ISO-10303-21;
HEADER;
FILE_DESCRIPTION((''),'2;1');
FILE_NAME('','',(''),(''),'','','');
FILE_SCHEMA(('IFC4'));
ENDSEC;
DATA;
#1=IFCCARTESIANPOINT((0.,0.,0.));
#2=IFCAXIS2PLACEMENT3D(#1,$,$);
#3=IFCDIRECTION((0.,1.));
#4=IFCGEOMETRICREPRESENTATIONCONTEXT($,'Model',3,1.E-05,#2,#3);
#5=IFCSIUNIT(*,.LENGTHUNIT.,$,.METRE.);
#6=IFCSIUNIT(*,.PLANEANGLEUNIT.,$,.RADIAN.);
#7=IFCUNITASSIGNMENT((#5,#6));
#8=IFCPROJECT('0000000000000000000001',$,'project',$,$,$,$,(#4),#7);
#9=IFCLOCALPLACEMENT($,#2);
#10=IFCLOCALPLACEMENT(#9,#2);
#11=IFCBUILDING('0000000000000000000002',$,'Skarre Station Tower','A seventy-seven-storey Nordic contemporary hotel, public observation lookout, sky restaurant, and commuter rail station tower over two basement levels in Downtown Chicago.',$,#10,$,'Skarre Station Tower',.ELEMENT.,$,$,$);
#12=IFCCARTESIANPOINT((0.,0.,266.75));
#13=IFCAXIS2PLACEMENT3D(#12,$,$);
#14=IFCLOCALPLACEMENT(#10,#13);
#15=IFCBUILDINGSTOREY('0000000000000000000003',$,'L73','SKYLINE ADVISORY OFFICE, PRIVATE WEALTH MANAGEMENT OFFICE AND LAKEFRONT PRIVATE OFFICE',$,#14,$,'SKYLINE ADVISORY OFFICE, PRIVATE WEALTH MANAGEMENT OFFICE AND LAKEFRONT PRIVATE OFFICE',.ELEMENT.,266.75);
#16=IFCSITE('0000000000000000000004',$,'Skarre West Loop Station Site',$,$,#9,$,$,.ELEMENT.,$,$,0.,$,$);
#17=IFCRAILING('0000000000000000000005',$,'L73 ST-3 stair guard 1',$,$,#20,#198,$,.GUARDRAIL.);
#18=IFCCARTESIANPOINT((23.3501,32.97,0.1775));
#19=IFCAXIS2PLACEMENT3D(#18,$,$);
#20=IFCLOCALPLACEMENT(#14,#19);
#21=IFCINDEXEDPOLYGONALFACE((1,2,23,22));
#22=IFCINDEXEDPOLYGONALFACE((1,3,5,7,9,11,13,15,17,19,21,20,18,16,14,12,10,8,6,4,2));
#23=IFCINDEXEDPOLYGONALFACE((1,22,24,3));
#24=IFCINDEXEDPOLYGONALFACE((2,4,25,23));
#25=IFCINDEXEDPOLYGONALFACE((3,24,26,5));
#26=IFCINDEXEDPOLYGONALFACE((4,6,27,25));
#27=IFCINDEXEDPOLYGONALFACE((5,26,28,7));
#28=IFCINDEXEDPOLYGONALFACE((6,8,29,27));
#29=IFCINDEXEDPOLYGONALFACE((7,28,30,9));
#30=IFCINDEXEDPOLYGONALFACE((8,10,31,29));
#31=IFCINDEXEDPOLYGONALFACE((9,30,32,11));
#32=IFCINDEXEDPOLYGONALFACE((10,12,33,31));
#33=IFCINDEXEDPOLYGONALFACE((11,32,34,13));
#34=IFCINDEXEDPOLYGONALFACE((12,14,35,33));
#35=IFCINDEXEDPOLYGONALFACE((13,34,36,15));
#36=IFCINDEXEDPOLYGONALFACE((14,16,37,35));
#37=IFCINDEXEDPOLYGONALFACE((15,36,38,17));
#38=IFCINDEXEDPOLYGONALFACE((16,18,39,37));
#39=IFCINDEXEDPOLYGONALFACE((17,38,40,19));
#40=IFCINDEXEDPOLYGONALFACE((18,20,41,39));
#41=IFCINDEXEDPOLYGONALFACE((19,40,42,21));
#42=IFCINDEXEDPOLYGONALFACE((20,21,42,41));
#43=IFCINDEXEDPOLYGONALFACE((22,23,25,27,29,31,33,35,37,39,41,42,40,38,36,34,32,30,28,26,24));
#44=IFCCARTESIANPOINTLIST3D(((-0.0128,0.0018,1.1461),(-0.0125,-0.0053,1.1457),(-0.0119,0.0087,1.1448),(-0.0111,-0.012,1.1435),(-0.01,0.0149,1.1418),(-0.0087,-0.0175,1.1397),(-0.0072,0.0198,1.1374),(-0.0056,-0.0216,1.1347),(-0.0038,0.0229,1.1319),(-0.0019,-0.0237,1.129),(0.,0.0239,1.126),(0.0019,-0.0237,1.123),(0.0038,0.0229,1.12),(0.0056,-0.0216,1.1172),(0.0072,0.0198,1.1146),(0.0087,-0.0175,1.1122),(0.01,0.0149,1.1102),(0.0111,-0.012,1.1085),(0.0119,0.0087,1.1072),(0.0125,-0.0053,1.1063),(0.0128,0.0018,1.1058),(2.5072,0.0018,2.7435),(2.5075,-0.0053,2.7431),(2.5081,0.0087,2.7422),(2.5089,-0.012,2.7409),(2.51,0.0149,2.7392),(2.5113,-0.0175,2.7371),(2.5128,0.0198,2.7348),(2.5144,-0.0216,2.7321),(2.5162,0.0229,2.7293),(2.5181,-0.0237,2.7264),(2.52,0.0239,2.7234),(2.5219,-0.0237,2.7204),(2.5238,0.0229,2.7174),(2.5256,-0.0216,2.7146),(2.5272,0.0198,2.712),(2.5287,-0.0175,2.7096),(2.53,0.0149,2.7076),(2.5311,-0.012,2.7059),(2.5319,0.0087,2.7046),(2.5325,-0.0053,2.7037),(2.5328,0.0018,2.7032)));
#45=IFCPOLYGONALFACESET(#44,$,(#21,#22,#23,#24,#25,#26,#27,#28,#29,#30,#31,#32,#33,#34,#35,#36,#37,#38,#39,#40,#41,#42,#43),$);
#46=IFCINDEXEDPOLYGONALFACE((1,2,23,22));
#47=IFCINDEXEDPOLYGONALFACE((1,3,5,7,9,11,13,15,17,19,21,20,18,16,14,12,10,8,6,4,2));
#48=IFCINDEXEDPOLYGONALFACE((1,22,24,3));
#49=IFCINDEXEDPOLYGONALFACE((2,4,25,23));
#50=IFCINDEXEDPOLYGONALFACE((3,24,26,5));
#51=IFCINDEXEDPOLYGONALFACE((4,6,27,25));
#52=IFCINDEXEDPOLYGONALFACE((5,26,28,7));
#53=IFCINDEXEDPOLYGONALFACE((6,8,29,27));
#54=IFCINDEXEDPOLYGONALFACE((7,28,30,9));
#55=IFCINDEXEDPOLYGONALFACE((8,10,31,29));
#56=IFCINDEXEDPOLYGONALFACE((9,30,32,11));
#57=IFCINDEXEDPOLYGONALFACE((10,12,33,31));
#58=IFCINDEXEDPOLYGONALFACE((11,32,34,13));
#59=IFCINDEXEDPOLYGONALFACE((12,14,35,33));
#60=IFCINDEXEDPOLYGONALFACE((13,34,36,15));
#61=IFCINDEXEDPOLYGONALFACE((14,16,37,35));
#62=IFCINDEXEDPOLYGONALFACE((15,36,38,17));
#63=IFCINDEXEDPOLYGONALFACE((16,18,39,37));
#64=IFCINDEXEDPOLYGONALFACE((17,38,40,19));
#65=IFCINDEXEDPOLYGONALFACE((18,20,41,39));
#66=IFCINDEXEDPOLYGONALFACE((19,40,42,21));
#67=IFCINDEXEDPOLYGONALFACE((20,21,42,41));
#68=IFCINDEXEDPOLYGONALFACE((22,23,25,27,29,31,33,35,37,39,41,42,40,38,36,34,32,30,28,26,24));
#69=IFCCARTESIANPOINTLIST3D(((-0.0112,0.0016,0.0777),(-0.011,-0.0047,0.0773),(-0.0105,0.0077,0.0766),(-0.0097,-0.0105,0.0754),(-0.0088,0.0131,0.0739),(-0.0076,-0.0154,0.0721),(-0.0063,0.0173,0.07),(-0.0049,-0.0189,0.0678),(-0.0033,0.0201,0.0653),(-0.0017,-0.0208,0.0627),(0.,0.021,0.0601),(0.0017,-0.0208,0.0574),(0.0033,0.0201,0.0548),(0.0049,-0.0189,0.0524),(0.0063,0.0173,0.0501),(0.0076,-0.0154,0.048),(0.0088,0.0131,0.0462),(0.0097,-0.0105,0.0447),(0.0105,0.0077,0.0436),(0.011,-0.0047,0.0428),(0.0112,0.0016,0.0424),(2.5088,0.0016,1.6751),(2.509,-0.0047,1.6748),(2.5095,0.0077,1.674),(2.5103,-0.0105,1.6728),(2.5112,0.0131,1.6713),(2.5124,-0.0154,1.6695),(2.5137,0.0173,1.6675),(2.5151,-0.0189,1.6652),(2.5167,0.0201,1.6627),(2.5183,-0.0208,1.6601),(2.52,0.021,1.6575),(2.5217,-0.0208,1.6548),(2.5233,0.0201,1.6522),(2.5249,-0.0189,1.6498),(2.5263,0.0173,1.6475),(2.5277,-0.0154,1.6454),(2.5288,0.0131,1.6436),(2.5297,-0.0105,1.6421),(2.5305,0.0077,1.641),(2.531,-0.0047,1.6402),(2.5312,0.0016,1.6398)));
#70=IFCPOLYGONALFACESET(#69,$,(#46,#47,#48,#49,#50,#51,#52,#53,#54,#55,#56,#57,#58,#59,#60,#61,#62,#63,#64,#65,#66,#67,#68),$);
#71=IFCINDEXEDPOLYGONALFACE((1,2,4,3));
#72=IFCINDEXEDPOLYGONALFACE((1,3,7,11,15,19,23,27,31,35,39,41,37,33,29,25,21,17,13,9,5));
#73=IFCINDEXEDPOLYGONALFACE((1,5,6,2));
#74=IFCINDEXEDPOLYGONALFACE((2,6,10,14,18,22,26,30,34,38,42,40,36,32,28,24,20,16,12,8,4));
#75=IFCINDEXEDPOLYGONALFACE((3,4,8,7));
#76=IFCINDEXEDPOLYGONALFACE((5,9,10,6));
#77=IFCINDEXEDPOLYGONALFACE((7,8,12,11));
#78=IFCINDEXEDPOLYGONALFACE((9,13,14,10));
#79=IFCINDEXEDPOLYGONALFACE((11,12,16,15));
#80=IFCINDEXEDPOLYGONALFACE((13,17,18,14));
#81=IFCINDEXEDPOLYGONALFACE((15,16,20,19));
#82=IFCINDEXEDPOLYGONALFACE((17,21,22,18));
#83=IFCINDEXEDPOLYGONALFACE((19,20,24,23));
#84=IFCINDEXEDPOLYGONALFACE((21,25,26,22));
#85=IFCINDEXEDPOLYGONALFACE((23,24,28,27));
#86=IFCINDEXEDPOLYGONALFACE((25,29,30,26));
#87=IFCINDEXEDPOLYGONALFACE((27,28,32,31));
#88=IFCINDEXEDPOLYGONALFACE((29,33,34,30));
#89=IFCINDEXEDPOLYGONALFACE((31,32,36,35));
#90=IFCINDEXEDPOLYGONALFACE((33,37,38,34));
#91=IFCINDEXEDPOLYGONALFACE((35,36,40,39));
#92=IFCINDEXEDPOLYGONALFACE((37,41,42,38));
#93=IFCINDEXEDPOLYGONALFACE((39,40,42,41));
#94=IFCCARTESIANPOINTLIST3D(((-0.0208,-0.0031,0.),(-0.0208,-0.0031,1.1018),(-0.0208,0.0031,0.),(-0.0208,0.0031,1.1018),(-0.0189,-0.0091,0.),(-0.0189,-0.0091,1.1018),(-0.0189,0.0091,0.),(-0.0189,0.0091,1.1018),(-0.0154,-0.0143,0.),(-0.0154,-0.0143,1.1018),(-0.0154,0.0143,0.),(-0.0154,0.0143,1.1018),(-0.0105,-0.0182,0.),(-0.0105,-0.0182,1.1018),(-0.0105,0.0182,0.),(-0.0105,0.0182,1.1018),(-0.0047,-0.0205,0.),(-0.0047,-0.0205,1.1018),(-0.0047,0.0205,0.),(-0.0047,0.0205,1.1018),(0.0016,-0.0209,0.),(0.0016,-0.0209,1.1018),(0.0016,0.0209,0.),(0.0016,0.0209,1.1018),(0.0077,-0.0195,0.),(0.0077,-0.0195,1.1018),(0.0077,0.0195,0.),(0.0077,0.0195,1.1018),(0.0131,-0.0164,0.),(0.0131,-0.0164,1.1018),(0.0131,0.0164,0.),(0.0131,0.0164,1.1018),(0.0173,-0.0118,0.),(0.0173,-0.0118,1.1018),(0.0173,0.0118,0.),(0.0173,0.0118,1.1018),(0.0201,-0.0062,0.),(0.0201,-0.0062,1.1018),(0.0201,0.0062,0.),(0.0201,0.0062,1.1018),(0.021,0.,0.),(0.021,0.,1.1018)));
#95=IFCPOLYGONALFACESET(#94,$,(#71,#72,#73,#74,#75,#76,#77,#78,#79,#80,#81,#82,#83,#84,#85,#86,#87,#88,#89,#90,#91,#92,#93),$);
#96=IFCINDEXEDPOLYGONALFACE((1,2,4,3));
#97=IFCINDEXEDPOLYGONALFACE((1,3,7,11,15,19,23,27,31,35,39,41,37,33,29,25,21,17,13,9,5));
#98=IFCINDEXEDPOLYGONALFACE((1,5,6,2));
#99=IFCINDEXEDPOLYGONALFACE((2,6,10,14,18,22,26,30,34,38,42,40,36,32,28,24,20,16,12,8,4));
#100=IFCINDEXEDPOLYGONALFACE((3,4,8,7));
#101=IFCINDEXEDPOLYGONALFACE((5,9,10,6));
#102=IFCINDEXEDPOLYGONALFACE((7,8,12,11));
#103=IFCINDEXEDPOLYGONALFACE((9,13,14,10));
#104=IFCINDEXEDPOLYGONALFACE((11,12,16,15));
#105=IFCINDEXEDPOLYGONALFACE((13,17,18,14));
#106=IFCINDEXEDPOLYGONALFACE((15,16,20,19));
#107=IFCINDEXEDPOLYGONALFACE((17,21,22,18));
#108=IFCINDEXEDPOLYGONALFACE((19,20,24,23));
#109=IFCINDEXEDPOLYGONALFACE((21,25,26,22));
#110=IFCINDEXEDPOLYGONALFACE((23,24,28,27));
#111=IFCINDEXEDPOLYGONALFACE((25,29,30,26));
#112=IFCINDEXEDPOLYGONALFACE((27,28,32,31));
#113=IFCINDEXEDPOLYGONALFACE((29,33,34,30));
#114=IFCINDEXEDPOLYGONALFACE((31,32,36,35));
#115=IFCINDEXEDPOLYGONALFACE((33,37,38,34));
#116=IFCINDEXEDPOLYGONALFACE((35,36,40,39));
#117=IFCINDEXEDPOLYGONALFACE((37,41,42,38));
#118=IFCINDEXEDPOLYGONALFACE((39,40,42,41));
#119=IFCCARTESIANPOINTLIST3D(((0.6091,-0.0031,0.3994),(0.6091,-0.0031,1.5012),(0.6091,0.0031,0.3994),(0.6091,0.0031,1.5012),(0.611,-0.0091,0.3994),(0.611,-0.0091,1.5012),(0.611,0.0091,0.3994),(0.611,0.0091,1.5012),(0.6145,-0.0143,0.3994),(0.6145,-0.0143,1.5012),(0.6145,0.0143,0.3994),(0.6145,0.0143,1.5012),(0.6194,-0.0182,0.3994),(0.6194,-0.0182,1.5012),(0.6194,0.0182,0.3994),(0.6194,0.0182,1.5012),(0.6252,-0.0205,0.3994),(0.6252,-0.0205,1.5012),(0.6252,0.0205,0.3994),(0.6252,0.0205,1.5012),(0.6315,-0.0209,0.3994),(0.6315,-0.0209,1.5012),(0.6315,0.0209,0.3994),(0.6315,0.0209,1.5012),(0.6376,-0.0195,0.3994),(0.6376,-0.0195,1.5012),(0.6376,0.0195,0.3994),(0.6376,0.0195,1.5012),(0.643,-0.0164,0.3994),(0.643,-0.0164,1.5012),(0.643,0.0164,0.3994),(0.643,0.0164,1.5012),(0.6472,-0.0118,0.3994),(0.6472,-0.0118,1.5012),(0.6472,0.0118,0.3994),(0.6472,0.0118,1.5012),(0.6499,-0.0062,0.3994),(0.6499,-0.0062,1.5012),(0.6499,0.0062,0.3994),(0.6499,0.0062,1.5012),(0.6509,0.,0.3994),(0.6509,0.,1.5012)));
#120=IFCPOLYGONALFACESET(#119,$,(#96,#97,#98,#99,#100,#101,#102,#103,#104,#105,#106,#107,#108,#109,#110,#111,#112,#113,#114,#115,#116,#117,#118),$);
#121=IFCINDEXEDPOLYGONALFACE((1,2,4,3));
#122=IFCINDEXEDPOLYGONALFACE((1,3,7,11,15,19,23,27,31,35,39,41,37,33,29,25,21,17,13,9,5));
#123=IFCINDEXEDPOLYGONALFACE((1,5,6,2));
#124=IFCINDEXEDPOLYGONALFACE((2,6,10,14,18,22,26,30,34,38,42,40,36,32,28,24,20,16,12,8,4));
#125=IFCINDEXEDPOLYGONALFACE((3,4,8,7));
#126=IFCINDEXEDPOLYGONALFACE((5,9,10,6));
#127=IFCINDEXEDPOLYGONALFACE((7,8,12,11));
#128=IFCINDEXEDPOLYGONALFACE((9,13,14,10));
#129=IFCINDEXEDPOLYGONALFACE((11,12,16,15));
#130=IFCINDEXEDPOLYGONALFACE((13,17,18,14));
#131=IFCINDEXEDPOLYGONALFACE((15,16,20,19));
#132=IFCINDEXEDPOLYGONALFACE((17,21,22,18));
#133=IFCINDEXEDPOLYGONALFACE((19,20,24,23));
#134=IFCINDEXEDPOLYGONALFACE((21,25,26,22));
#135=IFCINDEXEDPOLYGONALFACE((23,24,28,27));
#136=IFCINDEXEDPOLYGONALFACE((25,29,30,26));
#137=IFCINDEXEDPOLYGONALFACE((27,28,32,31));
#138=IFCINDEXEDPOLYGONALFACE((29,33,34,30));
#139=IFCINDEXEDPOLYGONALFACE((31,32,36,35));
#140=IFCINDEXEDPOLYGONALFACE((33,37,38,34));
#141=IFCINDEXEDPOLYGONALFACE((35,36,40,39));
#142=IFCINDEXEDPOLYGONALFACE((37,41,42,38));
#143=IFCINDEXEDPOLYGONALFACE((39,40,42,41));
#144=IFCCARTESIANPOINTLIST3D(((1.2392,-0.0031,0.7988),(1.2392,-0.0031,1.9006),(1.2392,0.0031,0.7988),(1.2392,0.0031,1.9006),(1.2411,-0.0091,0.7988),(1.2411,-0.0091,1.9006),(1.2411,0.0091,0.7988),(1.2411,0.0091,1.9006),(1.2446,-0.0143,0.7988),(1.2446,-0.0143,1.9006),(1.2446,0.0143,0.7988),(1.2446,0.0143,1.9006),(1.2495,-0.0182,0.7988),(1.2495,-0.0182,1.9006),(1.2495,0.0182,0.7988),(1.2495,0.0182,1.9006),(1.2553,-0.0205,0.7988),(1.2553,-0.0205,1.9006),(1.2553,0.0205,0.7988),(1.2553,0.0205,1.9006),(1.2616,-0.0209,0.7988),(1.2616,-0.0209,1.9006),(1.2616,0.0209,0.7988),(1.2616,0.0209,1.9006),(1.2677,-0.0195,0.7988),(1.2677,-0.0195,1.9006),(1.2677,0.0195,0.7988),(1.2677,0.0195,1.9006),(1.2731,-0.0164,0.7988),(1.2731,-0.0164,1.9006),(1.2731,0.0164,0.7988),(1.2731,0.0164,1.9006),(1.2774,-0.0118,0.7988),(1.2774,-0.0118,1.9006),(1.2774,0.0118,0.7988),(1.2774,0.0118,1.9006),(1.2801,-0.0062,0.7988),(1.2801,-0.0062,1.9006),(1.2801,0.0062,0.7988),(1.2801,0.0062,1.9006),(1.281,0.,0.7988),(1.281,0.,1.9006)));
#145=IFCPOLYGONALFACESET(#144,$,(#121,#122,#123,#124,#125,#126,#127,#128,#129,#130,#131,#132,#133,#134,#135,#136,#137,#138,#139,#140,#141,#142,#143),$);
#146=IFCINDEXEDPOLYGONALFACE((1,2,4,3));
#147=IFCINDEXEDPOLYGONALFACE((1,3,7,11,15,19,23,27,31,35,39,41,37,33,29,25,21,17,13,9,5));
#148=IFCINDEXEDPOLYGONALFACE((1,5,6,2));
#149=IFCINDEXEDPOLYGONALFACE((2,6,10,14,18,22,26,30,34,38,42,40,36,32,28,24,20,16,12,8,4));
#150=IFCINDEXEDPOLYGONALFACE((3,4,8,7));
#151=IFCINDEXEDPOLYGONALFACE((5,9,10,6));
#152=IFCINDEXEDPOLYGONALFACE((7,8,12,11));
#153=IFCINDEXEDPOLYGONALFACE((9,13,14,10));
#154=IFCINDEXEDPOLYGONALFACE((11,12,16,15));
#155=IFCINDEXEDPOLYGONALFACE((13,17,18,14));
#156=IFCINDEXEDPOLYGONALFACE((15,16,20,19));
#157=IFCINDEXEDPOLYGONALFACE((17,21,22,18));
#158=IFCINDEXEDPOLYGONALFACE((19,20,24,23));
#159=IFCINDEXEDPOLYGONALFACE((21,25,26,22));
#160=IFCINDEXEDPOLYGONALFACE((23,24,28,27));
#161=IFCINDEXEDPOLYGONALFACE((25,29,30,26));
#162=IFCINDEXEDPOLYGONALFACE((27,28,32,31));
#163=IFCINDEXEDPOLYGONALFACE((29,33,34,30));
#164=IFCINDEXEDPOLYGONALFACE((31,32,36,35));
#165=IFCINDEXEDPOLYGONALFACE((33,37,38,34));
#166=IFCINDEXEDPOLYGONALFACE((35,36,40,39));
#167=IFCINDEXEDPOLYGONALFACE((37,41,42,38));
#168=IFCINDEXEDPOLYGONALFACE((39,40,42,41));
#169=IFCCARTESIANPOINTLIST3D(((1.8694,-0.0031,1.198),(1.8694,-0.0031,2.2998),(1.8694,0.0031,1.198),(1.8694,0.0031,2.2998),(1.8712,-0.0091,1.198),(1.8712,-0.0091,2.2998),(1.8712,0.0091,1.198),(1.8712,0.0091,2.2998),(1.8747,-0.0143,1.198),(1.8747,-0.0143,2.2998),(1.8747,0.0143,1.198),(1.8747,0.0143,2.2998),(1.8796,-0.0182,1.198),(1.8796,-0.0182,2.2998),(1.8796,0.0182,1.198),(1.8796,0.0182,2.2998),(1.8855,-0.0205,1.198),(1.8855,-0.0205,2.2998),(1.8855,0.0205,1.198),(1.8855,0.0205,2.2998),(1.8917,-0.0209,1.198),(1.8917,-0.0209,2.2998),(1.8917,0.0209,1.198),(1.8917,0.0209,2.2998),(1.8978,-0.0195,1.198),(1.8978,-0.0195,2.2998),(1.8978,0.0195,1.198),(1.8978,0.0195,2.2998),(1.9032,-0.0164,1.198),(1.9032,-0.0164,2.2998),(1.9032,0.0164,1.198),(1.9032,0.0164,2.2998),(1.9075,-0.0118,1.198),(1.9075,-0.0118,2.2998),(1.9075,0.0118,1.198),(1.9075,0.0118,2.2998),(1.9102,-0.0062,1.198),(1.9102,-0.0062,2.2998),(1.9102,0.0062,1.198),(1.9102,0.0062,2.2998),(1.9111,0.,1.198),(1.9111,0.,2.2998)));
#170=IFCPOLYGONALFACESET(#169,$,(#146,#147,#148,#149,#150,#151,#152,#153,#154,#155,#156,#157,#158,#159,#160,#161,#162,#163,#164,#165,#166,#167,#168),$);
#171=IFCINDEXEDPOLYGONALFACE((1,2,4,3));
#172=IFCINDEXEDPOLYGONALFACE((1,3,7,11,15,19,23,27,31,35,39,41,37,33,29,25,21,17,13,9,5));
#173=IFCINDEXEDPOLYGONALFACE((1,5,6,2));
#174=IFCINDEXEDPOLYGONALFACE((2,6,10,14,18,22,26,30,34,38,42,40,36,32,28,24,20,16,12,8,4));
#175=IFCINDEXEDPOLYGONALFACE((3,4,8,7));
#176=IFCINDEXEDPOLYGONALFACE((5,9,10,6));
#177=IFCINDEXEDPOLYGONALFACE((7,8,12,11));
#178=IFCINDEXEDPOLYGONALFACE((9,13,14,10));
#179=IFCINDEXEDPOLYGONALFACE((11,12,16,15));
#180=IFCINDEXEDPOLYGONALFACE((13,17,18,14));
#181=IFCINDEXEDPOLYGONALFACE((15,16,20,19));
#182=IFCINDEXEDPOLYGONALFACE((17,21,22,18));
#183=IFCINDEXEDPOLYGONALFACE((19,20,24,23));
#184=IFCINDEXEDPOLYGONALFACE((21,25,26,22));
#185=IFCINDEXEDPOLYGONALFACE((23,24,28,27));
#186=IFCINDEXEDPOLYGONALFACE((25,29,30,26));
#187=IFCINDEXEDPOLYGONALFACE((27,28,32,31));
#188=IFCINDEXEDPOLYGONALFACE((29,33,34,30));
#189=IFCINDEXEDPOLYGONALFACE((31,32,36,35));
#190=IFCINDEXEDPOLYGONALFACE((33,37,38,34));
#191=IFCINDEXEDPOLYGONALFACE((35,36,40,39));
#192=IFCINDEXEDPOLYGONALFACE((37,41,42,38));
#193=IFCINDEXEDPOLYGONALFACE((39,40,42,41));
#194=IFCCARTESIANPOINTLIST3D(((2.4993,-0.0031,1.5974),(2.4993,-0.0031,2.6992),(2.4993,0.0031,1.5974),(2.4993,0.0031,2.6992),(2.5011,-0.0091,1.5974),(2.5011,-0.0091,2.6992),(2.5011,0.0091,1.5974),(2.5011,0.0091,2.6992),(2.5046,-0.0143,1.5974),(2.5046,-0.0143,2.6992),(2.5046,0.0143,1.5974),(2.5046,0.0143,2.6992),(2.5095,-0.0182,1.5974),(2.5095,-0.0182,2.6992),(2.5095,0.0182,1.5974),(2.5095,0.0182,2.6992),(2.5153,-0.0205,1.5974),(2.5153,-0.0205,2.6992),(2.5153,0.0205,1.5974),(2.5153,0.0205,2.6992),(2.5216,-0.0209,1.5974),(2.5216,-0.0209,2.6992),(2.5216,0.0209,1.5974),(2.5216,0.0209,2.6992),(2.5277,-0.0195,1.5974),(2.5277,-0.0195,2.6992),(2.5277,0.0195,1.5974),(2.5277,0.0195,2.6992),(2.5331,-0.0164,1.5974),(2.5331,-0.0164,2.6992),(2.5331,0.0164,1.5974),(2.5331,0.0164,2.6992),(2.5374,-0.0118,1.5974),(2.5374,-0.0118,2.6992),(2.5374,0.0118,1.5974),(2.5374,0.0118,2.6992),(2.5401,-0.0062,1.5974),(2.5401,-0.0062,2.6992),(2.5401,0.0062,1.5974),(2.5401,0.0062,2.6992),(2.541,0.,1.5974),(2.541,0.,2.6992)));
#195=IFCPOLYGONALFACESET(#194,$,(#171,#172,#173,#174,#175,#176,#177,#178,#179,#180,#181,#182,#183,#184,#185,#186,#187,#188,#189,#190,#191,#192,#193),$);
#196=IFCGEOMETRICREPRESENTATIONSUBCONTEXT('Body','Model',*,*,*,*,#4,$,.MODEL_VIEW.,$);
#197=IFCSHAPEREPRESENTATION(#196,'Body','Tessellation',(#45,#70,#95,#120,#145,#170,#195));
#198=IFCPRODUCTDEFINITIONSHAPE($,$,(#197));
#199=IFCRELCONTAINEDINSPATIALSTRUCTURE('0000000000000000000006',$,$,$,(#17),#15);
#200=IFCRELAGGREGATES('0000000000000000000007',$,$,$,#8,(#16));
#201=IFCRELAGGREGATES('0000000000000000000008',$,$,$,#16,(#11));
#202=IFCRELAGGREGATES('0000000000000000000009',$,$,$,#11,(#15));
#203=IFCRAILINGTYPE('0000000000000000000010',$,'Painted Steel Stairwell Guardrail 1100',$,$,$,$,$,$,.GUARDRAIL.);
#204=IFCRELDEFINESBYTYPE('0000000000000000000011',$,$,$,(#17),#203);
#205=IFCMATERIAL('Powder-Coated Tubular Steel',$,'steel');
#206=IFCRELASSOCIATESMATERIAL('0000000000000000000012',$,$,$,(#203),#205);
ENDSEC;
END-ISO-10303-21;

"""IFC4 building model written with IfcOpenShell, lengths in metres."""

from ifc_helpers import new_model, si_unit, direction, frame, origin, origin_2d, place, context, subcontext, project, spatial, circle, extrude, material, type_object, element, save


model = new_model("IFC4")

# Units and contexts
model_context = context("Model", 3, precision=1e-05, world=origin(), true_north=direction((0.0, 1.0)))
body_context = subcontext(model_context, "Body", "Model", "MODEL_VIEW")
ifc_project = project(units=[si_unit("LENGTHUNIT", "METRE"), si_unit("PLANEANGLEUNIT", "RADIAN")], contexts=[model_context])

# Site, building, storey
site_placement = place(None, origin())
site = spatial("IfcSite", under=ifc_project, at=site_placement, Name="Skarre West Loop Station Site", CompositionType="ELEMENT", RefElevation=0.0)
building_placement = place(site_placement, origin())
building = spatial("IfcBuilding", under=site, at=building_placement, Name="Skarre Station Tower", Description="A seventy-seven-storey Nordic contemporary hotel, public observation lookout, sky restaurant, and commuter rail station tower over two basement levels in Downtown Chicago.", LongName="Skarre Station Tower", CompositionType="ELEMENT")
storey_placement = place(building_placement, frame((0.0, 0.0, 266.75)))
storey = spatial("IfcBuildingStorey", under=building, at=storey_placement, Name="L73", Description="SKYLINE ADVISORY OFFICE, PRIVATE WEALTH MANAGEMENT OFFICE AND LAKEFRONT PRIVATE OFFICE", LongName="SKYLINE ADVISORY OFFICE, PRIVATE WEALTH MANAGEMENT OFFICE AND LAKEFRONT PRIVATE OFFICE", CompositionType="ELEMENT", Elevation=266.75)

# Railing
ifc_material_1 = material(Name="Powder-Coated Tubular Steel", Category="steel")
railing_type_1 = type_object("IfcRailingType", Name="Painted Steel Stairwell Guardrail 1100", PredefinedType="GUARDRAIL", material=ifc_material_1)
railing_1_placement = place(storey_placement, frame((23.3501, 32.97, 0.1775)))
element("IfcRailing", 1, at=railing_1_placement, inside=storey, type_object=railing_type_1, Name="L73 ST-3 stair guard 1", PredefinedType="GUARDRAIL", context=body_context, shape_type="SweptSolid", body=[
    extrude(circle(Radius=0.0239, at=origin_2d()), frame((0.0, 0.0, 1.126), z_axis=(0.844607, 0.0, 0.535387), x_axis=(0.0, 1.0, 0.0)), (0.0, 0.0, 1.0), 2.9836),
    extrude(circle(Radius=0.021, at=origin_2d()), frame((0.0, 0.0, 0.0601), z_axis=(0.844607, 0.0, 0.535387), x_axis=(0.0, 1.0, 0.0)), (0.0, 0.0, 1.0), 2.9836),
    extrude(circle(Radius=0.021, at=origin_2d()), origin(), (0.0, 0.0, 1.0), 1.1018),
    extrude(circle(Radius=0.021, at=origin_2d()), frame((0.6299, 0.0, 0.3994)), (0.0, 0.0, 1.0), 1.1018),
    extrude(circle(Radius=0.021, at=origin_2d()), frame((1.26, 0.0, 0.7988)), (0.0, 0.0, 1.0), 1.1018),
    extrude(circle(Radius=0.021, at=origin_2d()), frame((1.8901, 0.0, 1.198)), (0.0, 0.0, 1.0), 1.1018),
    extrude(circle(Radius=0.021, at=origin_2d()), frame((2.52, 0.0, 1.5974)), (0.0, 0.0, 1.0), 1.1018),
])

save(model, "model.ifc")
